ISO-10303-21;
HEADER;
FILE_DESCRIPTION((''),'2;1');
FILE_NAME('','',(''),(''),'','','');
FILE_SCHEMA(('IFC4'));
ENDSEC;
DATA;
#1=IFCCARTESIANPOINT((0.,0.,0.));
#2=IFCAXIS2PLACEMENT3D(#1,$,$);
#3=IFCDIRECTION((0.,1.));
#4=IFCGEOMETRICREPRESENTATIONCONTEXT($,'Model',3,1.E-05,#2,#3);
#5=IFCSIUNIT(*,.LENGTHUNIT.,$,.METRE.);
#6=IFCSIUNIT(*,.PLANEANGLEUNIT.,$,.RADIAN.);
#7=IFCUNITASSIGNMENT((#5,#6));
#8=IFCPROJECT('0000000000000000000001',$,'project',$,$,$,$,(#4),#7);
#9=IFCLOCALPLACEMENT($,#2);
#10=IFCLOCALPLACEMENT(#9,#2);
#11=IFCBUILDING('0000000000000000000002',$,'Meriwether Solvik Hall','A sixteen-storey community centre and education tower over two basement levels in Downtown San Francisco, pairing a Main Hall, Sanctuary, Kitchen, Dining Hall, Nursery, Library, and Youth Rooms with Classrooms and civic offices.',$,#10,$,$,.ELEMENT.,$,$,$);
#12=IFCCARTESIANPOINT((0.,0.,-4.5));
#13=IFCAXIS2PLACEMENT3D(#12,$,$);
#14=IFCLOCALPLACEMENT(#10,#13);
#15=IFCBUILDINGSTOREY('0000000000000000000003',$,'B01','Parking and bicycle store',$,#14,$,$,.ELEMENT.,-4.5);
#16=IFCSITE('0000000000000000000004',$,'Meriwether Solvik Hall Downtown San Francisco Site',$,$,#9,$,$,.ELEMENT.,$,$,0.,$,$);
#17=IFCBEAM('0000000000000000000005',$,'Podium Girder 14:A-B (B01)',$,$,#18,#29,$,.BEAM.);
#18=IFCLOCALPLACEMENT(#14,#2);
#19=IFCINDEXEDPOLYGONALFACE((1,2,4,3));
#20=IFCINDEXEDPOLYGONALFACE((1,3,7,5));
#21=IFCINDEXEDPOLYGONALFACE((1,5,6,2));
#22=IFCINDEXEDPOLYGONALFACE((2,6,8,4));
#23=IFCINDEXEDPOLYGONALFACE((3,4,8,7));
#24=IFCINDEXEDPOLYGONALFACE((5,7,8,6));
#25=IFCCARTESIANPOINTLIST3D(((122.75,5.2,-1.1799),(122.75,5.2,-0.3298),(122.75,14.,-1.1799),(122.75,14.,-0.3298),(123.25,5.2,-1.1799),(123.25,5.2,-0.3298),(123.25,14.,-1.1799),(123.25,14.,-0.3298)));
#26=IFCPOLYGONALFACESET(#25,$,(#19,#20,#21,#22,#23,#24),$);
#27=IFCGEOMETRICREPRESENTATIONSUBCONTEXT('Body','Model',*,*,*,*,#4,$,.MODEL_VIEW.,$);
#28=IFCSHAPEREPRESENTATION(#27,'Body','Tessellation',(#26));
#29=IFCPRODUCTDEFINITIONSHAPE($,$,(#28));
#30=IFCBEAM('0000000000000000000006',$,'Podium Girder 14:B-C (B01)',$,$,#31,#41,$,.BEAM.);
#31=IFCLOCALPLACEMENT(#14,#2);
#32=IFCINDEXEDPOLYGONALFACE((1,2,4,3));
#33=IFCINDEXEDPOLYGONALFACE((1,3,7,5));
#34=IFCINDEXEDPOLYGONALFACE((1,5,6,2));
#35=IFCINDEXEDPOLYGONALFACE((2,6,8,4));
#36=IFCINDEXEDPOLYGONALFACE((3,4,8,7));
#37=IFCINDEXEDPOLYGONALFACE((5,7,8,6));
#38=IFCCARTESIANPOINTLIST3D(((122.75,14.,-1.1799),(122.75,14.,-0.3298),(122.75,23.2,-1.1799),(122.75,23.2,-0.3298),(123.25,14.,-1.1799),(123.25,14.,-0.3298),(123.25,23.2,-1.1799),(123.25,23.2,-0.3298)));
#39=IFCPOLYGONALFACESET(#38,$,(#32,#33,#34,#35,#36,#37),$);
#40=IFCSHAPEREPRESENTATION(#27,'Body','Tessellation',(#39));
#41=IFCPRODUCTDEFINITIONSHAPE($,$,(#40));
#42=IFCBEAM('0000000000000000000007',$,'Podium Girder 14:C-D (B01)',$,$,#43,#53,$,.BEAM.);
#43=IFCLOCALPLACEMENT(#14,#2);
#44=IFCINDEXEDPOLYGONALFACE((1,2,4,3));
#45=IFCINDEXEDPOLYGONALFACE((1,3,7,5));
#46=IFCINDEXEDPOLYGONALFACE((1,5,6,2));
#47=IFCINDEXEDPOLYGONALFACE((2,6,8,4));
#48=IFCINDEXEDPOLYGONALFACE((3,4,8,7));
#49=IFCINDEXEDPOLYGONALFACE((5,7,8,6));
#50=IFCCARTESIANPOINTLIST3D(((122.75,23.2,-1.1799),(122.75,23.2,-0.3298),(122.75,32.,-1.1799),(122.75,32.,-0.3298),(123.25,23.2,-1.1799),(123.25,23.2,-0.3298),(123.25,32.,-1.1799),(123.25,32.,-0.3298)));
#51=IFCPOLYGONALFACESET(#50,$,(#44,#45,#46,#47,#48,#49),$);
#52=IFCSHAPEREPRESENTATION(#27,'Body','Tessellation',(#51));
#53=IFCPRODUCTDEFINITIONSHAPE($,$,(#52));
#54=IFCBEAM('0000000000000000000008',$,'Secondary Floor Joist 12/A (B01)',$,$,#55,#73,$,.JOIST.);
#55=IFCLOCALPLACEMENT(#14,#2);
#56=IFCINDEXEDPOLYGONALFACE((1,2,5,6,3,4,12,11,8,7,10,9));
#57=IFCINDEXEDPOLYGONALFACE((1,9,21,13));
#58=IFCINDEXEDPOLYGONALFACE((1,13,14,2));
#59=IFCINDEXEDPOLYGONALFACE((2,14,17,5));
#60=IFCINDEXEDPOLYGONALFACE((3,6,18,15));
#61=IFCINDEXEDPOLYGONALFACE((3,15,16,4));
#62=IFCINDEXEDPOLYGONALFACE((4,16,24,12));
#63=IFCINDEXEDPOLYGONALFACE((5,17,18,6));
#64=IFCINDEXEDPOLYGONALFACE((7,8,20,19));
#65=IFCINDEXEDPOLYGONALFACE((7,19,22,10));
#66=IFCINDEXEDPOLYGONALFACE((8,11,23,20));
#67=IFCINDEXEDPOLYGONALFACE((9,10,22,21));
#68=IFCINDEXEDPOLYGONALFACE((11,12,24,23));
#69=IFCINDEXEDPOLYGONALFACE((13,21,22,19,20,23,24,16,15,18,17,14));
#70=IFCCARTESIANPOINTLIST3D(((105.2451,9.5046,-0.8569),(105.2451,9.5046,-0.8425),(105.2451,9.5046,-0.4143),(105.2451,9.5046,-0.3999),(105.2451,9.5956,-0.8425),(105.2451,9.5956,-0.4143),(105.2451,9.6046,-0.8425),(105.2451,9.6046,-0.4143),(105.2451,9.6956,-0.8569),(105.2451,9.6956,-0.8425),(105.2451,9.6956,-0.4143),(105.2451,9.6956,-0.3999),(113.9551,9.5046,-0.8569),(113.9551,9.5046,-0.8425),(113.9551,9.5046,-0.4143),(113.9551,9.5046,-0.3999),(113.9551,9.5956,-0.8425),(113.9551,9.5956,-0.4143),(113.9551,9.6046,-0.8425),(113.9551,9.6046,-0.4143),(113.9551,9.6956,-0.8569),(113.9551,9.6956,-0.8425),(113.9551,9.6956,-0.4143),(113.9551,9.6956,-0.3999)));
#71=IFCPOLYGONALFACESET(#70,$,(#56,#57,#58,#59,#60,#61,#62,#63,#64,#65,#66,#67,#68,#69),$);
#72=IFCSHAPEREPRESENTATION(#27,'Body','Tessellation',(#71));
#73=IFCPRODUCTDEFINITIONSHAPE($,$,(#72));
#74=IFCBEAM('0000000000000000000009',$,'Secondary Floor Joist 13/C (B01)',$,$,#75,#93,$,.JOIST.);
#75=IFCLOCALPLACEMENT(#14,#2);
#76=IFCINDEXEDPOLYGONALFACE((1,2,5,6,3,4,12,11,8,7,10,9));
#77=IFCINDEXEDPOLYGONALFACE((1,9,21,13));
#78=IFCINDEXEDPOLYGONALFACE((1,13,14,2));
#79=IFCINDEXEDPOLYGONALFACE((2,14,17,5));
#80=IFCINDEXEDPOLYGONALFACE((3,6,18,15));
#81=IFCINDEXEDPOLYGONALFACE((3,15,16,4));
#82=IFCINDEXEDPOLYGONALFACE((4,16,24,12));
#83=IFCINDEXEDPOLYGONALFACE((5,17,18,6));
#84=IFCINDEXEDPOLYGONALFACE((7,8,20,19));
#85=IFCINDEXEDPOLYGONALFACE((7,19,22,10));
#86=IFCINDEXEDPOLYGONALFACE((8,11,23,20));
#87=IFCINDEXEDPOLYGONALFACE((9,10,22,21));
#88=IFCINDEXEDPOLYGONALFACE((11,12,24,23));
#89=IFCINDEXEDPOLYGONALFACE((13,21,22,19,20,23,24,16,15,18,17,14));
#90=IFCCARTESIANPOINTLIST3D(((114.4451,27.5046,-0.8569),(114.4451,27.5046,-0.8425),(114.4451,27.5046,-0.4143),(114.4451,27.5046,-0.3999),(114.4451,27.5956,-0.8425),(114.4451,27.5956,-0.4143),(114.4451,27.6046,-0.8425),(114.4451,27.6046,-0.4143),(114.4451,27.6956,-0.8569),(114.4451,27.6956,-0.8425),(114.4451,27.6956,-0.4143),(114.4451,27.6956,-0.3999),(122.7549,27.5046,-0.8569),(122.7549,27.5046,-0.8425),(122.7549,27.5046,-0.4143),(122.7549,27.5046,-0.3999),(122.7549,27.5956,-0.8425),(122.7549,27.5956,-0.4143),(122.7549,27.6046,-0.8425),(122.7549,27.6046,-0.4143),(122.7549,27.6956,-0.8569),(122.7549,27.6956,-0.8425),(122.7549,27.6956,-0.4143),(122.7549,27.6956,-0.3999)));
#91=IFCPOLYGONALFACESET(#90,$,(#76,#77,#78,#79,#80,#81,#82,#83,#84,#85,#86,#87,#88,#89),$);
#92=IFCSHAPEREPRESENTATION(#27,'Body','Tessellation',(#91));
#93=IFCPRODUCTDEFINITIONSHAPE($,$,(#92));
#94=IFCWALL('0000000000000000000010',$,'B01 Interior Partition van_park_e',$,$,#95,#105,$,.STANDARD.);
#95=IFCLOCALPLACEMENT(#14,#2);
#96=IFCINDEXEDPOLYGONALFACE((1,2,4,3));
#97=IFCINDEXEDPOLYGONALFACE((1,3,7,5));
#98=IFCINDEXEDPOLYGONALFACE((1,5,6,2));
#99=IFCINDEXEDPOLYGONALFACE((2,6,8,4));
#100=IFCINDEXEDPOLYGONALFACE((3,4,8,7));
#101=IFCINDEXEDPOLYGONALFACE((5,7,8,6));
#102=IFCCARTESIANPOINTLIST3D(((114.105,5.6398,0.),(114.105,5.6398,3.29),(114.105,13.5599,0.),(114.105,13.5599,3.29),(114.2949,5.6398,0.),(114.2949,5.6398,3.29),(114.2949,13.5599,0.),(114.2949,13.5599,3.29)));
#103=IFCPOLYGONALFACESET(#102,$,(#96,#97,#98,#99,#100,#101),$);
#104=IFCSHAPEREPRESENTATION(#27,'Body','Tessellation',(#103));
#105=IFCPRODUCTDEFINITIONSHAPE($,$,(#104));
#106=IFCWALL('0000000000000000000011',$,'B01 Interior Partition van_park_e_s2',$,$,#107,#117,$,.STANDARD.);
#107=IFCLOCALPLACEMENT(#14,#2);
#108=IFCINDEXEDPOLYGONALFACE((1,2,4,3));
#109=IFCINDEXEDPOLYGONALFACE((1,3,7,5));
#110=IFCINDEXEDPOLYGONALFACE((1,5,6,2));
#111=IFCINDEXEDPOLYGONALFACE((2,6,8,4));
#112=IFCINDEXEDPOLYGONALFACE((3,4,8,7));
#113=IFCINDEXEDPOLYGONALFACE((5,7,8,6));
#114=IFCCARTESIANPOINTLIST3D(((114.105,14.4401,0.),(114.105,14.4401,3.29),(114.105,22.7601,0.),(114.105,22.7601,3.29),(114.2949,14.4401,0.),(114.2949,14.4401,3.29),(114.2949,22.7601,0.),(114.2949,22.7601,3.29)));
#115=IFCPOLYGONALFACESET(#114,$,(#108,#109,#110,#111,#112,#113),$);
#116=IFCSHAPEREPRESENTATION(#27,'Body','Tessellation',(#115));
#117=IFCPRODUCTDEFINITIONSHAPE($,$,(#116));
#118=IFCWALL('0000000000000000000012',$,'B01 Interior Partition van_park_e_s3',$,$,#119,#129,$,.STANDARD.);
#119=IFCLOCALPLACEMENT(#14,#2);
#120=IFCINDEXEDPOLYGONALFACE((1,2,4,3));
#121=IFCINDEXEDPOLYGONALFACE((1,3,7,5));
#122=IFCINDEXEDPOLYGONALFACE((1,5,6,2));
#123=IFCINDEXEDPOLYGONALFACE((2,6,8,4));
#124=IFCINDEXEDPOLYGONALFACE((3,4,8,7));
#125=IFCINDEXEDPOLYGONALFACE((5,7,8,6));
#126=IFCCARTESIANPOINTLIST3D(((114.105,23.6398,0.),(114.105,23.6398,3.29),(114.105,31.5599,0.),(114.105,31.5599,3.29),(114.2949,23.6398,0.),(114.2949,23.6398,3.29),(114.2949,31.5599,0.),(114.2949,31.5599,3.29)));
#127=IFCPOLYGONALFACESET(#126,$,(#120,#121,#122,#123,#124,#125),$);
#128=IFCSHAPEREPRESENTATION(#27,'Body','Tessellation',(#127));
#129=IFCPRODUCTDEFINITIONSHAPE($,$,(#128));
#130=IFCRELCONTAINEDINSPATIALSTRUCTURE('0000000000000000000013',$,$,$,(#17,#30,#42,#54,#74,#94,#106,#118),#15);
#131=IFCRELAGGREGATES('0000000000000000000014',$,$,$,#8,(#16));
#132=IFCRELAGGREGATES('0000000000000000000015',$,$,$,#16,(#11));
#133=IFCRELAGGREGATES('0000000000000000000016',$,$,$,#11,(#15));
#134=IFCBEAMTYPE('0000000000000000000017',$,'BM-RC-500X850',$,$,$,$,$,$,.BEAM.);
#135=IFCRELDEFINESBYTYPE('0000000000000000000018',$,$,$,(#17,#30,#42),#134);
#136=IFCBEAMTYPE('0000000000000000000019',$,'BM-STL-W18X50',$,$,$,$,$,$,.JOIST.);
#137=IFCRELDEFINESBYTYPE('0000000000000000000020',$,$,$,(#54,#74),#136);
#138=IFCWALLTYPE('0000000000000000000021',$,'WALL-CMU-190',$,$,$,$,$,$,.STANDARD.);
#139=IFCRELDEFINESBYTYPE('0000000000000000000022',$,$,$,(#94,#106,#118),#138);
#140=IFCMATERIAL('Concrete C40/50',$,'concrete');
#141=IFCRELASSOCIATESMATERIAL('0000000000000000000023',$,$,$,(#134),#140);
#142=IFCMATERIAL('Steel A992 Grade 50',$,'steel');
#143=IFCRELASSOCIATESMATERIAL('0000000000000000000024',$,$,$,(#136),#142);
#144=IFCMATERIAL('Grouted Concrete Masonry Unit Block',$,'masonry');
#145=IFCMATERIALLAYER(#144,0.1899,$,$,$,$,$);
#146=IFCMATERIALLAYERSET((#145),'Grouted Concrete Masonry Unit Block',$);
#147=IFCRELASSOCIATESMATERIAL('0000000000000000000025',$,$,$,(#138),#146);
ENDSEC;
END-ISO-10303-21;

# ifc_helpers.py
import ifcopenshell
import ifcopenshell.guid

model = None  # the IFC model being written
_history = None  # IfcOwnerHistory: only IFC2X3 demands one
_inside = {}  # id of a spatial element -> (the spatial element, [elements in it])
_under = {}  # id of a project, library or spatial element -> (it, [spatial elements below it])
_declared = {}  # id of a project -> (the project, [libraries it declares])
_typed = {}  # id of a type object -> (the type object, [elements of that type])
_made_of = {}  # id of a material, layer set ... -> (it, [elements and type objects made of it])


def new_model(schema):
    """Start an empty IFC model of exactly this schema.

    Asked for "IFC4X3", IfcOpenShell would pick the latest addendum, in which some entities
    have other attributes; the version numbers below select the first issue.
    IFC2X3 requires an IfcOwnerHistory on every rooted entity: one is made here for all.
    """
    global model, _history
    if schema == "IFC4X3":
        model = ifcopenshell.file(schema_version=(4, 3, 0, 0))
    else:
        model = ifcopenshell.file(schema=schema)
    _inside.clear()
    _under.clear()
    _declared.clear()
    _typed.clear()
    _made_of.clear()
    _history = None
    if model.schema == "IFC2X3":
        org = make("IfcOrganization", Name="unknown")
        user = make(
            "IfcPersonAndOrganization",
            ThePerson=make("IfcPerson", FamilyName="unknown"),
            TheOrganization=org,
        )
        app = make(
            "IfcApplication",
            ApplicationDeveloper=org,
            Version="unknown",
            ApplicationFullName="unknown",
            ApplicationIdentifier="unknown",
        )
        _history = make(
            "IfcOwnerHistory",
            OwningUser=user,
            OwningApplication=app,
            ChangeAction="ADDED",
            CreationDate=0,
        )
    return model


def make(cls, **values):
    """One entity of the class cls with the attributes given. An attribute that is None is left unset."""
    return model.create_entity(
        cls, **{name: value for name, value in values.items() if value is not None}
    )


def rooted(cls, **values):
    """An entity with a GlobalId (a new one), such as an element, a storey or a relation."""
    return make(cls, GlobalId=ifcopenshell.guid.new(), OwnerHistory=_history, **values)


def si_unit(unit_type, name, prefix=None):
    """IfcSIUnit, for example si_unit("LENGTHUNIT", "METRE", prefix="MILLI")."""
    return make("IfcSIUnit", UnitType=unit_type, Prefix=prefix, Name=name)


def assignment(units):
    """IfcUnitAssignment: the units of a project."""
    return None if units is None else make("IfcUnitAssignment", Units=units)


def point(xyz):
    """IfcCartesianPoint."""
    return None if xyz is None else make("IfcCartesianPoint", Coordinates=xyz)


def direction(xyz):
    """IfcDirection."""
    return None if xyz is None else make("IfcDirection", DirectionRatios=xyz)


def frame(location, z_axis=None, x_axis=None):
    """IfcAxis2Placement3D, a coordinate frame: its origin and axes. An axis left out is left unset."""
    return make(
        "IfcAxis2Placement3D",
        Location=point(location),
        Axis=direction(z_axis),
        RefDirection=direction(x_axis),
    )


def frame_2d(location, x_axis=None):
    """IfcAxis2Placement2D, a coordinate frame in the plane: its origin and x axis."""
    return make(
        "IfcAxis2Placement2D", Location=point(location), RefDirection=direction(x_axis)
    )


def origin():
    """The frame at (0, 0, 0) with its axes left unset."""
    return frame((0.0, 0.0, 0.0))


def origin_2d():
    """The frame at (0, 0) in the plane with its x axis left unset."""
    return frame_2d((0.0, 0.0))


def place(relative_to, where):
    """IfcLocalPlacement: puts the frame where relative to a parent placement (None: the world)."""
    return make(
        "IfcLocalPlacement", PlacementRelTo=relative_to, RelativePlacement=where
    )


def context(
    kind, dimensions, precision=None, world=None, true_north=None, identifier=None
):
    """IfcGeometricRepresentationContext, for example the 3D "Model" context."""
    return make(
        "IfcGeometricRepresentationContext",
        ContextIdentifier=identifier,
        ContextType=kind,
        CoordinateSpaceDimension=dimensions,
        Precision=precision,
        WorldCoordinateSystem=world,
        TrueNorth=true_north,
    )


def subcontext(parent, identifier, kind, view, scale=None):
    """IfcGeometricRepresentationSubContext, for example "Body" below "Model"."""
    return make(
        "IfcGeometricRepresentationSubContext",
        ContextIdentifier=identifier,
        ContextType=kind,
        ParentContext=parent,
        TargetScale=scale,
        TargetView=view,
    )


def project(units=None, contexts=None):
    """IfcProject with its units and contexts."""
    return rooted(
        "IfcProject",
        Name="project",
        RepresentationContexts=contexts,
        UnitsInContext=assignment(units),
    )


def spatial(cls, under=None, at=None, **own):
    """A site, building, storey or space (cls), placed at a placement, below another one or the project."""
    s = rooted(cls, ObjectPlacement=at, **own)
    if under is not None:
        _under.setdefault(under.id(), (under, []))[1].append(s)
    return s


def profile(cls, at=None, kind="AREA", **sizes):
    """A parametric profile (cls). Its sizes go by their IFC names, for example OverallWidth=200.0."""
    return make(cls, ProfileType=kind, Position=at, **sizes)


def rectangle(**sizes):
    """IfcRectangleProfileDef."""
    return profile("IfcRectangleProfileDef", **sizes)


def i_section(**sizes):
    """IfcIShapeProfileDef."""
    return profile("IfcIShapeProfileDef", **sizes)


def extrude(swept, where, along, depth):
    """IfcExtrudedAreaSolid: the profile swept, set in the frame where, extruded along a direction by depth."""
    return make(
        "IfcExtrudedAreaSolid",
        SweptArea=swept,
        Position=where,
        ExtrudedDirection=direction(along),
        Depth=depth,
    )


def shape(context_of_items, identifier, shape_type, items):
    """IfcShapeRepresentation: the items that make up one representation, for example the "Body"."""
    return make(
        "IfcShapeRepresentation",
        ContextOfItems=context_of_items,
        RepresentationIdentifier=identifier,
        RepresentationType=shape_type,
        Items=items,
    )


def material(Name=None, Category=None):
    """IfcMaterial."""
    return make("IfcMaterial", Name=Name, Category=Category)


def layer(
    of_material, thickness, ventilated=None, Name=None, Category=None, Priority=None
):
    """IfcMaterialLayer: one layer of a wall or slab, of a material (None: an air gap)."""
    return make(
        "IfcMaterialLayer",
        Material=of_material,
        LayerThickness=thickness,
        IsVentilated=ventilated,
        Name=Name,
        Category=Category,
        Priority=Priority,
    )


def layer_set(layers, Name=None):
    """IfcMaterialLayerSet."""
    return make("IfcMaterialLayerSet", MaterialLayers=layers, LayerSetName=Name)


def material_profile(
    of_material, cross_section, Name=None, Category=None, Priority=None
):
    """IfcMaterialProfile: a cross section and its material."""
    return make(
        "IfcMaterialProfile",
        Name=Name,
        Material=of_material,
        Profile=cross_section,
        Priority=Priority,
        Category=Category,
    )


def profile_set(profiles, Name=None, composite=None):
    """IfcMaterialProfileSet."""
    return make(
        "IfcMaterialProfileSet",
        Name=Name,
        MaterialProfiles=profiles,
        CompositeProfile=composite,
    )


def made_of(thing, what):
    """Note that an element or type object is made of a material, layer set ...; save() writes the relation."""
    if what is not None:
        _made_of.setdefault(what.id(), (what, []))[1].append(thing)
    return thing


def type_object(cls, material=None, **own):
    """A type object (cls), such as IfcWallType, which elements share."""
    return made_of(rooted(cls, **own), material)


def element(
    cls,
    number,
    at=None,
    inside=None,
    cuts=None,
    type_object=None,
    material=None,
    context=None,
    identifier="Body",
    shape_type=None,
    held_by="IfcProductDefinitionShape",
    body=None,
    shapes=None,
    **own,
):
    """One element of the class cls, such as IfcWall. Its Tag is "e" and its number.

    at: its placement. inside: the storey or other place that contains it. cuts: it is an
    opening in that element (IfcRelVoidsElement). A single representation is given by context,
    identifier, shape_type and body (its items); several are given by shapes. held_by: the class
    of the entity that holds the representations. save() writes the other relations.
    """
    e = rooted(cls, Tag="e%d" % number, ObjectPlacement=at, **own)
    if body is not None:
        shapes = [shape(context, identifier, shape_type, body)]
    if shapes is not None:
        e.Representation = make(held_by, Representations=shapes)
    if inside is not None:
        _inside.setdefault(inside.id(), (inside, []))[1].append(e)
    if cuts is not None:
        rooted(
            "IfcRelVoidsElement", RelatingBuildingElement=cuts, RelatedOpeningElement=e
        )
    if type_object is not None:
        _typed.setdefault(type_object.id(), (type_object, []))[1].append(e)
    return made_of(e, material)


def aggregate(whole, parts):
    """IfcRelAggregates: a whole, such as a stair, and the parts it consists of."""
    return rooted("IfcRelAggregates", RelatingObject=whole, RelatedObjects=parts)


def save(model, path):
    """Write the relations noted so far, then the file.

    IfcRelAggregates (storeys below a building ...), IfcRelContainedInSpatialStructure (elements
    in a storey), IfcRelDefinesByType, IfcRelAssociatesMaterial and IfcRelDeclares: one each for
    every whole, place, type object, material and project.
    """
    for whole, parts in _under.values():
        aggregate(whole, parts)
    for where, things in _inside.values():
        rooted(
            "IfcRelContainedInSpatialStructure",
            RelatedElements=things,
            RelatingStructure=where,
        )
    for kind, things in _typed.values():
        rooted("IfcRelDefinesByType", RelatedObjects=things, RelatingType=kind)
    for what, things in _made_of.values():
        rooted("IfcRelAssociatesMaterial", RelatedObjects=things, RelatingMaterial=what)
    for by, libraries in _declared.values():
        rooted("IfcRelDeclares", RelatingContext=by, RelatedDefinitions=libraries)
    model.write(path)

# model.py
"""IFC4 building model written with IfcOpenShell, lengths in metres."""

from ifc_helpers import new_model, si_unit, direction, frame, frame_2d, origin, origin_2d, place, context, subcontext, project, spatial, rectangle, i_section, extrude, material, layer, layer_set, material_profile, profile_set, type_object, element, save


model = new_model("IFC4")

# Units and contexts
model_context = context("Model", 3, precision=1e-05, world=origin(), true_north=direction((0.0, 1.0)))
body_context = subcontext(model_context, "Body", "Model", "MODEL_VIEW")
ifc_project = project(units=[si_unit("LENGTHUNIT", "METRE"), si_unit("PLANEANGLEUNIT", "RADIAN")], contexts=[model_context])

# Site, building, storey
site_placement = place(None, origin())
site = spatial("IfcSite", under=ifc_project, at=site_placement, Name="Meriwether Solvik Hall Downtown San Francisco Site", CompositionType="ELEMENT", RefElevation=0.0)
building_placement = place(site_placement, origin())
building = spatial("IfcBuilding", under=site, at=building_placement, Name="Meriwether Solvik Hall", Description="A sixteen-storey community centre and education tower over two basement levels in Downtown San Francisco, pairing a Main Hall, Sanctuary, Kitchen, Dining Hall, Nursery, Library, and Youth Rooms with Classrooms and civic offices.", CompositionType="ELEMENT")
storey_placement = place(building_placement, frame((0.0, 0.0, -4.5)))
storey = spatial("IfcBuildingStorey", under=building, at=storey_placement, Name="B01", Description="Parking and bicycle store", CompositionType="ELEMENT", Elevation=-4.5)

# Beams
ifc_material_1 = material(Name="Concrete C40/50", Category="concrete")
ifc_material_profile_1 = material_profile(ifc_material_1, rectangle(XDim=0.5, YDim=0.8501, at=origin_2d()), Name="RCB-500X850")
ifc_profile_set_1 = profile_set([ifc_material_profile_1], Name="Concrete C40/50")
beam_type_1 = type_object("IfcBeamType", Name="BM-RC-500X850", PredefinedType="BEAM", material=ifc_profile_set_1)
beam_1_placement = place(storey_placement, frame((123.0, 5.2, -0.7549), z_axis=(0.0, 1.0, 0.0), x_axis=(-1.0, 0.0, 0.0)))
element("IfcBeam", 1, at=beam_1_placement, inside=storey, type_object=beam_type_1, Name="Podium Girder 14:A-B (B01)", PredefinedType="BEAM", context=body_context, shape_type="SweptSolid", body=[
    extrude(rectangle(XDim=0.5, YDim=0.8501, at=origin_2d()), origin(), (0.0, 0.0, 1.0), 8.8),
])
beam_2_placement = place(storey_placement, frame((123.0, 14.0, -0.7549), z_axis=(0.0, 1.0, 0.0), x_axis=(-1.0, 0.0, 0.0)))
element("IfcBeam", 2, at=beam_2_placement, inside=storey, type_object=beam_type_1, Name="Podium Girder 14:B-C (B01)", PredefinedType="BEAM", context=body_context, shape_type="SweptSolid", body=[
    extrude(rectangle(XDim=0.5, YDim=0.8501, at=origin_2d()), origin(), (0.0, 0.0, 1.0), 9.2),
])
beam_3_placement = place(storey_placement, frame((123.0, 23.2, -0.7549), z_axis=(0.0, 1.0, 0.0), x_axis=(-1.0, 0.0, 0.0)))
element("IfcBeam", 3, at=beam_3_placement, inside=storey, type_object=beam_type_1, Name="Podium Girder 14:C-D (B01)", PredefinedType="BEAM", context=body_context, shape_type="SweptSolid", body=[
    extrude(rectangle(XDim=0.5, YDim=0.8501, at=origin_2d()), origin(), (0.0, 0.0, 1.0), 8.8),
])
ifc_material_2 = material(Name="Steel A992 Grade 50", Category="steel")
ifc_material_profile_2 = material_profile(ifc_material_2, i_section(OverallWidth=0.1909, OverallDepth=0.457, WebThickness=0.009, FlangeThickness=0.0144, at=origin_2d()), Name="W18X50")
ifc_profile_set_2 = profile_set([ifc_material_profile_2], Name="Steel A992 Grade 50")
beam_type_2 = type_object("IfcBeamType", Name="BM-STL-W18X50", PredefinedType="JOIST", material=ifc_profile_set_2)
beam_4_placement = place(storey_placement, frame((105.2451, 9.6001, -0.6284), z_axis=(1.0, 0.0, 0.0), x_axis=(0.0, 1.0, 0.0)))
element("IfcBeam", 4, at=beam_4_placement, inside=storey, type_object=beam_type_2, Name="Secondary Floor Joist 12/A (B01)", PredefinedType="JOIST", context=body_context, shape_type="SweptSolid", body=[
    extrude(i_section(OverallWidth=0.1909, OverallDepth=0.457, WebThickness=0.009, FlangeThickness=0.0144, at=origin_2d()), origin(), (0.0, 0.0, 1.0), 8.71),
])
beam_5_placement = place(storey_placement, frame((114.4451, 27.6001, -0.6284), z_axis=(1.0, 0.0, 0.0), x_axis=(0.0, 1.0, 0.0)))
element("IfcBeam", 5, at=beam_5_placement, inside=storey, type_object=beam_type_2, Name="Secondary Floor Joist 13/C (B01)", PredefinedType="JOIST", context=body_context, shape_type="SweptSolid", body=[
    extrude(i_section(OverallWidth=0.1909, OverallDepth=0.457, WebThickness=0.009, FlangeThickness=0.0144, at=origin_2d()), origin(), (0.0, 0.0, 1.0), 8.3098),
])

# Walls
ifc_material_3 = material(Name="Grouted Concrete Masonry Unit Block", Category="masonry")
ifc_layer = layer(ifc_material_3, 0.1899)
ifc_layer_set = layer_set([ifc_layer], Name="Grouted Concrete Masonry Unit Block")
wall_type = type_object("IfcWallType", Name="WALL-CMU-190", PredefinedType="STANDARD", material=ifc_layer_set)
wall_1_placement = place(storey_placement, frame((114.2, 5.6399, 0.0), z_axis=(0.0, 0.0, 1.0), x_axis=(0.0, 1.0, 0.0)))
element("IfcWall", 6, at=wall_1_placement, inside=storey, type_object=wall_type, Name="B01 Interior Partition van_park_e", PredefinedType="STANDARD", context=body_context, shape_type="SweptSolid", body=[
    extrude(rectangle(XDim=7.9202, YDim=0.1899, at=frame_2d((3.96, 0.0))), origin(), (0.0, 0.0, 1.0), 3.29),
])
wall_2_placement = place(storey_placement, frame((114.2, 14.4399, 0.0), z_axis=(0.0, 0.0, 1.0), x_axis=(0.0, 1.0, 0.0)))
element("IfcWall", 7, at=wall_2_placement, inside=storey, type_object=wall_type, Name="B01 Interior Partition van_park_e_s2", PredefinedType="STANDARD", context=body_context, shape_type="SweptSolid", body=[
    extrude(rectangle(XDim=8.3201, YDim=0.1899, at=frame_2d((4.1602, 0.0))), origin(), (0.0, 0.0, 1.0), 3.29),
])
wall_3_placement = place(storey_placement, frame((114.2, 23.6399, 0.0), z_axis=(0.0, 0.0, 1.0), x_axis=(0.0, 1.0, 0.0)))
element("IfcWall", 8, at=wall_3_placement, inside=storey, type_object=wall_type, Name="B01 Interior Partition van_park_e_s3", PredefinedType="STANDARD", context=body_context, shape_type="SweptSolid", body=[
    extrude(rectangle(XDim=7.9202, YDim=0.1899, at=frame_2d((3.96, 0.0))), origin(), (0.0, 0.0, 1.0), 3.29),
])

save(model, "model.ifc")
